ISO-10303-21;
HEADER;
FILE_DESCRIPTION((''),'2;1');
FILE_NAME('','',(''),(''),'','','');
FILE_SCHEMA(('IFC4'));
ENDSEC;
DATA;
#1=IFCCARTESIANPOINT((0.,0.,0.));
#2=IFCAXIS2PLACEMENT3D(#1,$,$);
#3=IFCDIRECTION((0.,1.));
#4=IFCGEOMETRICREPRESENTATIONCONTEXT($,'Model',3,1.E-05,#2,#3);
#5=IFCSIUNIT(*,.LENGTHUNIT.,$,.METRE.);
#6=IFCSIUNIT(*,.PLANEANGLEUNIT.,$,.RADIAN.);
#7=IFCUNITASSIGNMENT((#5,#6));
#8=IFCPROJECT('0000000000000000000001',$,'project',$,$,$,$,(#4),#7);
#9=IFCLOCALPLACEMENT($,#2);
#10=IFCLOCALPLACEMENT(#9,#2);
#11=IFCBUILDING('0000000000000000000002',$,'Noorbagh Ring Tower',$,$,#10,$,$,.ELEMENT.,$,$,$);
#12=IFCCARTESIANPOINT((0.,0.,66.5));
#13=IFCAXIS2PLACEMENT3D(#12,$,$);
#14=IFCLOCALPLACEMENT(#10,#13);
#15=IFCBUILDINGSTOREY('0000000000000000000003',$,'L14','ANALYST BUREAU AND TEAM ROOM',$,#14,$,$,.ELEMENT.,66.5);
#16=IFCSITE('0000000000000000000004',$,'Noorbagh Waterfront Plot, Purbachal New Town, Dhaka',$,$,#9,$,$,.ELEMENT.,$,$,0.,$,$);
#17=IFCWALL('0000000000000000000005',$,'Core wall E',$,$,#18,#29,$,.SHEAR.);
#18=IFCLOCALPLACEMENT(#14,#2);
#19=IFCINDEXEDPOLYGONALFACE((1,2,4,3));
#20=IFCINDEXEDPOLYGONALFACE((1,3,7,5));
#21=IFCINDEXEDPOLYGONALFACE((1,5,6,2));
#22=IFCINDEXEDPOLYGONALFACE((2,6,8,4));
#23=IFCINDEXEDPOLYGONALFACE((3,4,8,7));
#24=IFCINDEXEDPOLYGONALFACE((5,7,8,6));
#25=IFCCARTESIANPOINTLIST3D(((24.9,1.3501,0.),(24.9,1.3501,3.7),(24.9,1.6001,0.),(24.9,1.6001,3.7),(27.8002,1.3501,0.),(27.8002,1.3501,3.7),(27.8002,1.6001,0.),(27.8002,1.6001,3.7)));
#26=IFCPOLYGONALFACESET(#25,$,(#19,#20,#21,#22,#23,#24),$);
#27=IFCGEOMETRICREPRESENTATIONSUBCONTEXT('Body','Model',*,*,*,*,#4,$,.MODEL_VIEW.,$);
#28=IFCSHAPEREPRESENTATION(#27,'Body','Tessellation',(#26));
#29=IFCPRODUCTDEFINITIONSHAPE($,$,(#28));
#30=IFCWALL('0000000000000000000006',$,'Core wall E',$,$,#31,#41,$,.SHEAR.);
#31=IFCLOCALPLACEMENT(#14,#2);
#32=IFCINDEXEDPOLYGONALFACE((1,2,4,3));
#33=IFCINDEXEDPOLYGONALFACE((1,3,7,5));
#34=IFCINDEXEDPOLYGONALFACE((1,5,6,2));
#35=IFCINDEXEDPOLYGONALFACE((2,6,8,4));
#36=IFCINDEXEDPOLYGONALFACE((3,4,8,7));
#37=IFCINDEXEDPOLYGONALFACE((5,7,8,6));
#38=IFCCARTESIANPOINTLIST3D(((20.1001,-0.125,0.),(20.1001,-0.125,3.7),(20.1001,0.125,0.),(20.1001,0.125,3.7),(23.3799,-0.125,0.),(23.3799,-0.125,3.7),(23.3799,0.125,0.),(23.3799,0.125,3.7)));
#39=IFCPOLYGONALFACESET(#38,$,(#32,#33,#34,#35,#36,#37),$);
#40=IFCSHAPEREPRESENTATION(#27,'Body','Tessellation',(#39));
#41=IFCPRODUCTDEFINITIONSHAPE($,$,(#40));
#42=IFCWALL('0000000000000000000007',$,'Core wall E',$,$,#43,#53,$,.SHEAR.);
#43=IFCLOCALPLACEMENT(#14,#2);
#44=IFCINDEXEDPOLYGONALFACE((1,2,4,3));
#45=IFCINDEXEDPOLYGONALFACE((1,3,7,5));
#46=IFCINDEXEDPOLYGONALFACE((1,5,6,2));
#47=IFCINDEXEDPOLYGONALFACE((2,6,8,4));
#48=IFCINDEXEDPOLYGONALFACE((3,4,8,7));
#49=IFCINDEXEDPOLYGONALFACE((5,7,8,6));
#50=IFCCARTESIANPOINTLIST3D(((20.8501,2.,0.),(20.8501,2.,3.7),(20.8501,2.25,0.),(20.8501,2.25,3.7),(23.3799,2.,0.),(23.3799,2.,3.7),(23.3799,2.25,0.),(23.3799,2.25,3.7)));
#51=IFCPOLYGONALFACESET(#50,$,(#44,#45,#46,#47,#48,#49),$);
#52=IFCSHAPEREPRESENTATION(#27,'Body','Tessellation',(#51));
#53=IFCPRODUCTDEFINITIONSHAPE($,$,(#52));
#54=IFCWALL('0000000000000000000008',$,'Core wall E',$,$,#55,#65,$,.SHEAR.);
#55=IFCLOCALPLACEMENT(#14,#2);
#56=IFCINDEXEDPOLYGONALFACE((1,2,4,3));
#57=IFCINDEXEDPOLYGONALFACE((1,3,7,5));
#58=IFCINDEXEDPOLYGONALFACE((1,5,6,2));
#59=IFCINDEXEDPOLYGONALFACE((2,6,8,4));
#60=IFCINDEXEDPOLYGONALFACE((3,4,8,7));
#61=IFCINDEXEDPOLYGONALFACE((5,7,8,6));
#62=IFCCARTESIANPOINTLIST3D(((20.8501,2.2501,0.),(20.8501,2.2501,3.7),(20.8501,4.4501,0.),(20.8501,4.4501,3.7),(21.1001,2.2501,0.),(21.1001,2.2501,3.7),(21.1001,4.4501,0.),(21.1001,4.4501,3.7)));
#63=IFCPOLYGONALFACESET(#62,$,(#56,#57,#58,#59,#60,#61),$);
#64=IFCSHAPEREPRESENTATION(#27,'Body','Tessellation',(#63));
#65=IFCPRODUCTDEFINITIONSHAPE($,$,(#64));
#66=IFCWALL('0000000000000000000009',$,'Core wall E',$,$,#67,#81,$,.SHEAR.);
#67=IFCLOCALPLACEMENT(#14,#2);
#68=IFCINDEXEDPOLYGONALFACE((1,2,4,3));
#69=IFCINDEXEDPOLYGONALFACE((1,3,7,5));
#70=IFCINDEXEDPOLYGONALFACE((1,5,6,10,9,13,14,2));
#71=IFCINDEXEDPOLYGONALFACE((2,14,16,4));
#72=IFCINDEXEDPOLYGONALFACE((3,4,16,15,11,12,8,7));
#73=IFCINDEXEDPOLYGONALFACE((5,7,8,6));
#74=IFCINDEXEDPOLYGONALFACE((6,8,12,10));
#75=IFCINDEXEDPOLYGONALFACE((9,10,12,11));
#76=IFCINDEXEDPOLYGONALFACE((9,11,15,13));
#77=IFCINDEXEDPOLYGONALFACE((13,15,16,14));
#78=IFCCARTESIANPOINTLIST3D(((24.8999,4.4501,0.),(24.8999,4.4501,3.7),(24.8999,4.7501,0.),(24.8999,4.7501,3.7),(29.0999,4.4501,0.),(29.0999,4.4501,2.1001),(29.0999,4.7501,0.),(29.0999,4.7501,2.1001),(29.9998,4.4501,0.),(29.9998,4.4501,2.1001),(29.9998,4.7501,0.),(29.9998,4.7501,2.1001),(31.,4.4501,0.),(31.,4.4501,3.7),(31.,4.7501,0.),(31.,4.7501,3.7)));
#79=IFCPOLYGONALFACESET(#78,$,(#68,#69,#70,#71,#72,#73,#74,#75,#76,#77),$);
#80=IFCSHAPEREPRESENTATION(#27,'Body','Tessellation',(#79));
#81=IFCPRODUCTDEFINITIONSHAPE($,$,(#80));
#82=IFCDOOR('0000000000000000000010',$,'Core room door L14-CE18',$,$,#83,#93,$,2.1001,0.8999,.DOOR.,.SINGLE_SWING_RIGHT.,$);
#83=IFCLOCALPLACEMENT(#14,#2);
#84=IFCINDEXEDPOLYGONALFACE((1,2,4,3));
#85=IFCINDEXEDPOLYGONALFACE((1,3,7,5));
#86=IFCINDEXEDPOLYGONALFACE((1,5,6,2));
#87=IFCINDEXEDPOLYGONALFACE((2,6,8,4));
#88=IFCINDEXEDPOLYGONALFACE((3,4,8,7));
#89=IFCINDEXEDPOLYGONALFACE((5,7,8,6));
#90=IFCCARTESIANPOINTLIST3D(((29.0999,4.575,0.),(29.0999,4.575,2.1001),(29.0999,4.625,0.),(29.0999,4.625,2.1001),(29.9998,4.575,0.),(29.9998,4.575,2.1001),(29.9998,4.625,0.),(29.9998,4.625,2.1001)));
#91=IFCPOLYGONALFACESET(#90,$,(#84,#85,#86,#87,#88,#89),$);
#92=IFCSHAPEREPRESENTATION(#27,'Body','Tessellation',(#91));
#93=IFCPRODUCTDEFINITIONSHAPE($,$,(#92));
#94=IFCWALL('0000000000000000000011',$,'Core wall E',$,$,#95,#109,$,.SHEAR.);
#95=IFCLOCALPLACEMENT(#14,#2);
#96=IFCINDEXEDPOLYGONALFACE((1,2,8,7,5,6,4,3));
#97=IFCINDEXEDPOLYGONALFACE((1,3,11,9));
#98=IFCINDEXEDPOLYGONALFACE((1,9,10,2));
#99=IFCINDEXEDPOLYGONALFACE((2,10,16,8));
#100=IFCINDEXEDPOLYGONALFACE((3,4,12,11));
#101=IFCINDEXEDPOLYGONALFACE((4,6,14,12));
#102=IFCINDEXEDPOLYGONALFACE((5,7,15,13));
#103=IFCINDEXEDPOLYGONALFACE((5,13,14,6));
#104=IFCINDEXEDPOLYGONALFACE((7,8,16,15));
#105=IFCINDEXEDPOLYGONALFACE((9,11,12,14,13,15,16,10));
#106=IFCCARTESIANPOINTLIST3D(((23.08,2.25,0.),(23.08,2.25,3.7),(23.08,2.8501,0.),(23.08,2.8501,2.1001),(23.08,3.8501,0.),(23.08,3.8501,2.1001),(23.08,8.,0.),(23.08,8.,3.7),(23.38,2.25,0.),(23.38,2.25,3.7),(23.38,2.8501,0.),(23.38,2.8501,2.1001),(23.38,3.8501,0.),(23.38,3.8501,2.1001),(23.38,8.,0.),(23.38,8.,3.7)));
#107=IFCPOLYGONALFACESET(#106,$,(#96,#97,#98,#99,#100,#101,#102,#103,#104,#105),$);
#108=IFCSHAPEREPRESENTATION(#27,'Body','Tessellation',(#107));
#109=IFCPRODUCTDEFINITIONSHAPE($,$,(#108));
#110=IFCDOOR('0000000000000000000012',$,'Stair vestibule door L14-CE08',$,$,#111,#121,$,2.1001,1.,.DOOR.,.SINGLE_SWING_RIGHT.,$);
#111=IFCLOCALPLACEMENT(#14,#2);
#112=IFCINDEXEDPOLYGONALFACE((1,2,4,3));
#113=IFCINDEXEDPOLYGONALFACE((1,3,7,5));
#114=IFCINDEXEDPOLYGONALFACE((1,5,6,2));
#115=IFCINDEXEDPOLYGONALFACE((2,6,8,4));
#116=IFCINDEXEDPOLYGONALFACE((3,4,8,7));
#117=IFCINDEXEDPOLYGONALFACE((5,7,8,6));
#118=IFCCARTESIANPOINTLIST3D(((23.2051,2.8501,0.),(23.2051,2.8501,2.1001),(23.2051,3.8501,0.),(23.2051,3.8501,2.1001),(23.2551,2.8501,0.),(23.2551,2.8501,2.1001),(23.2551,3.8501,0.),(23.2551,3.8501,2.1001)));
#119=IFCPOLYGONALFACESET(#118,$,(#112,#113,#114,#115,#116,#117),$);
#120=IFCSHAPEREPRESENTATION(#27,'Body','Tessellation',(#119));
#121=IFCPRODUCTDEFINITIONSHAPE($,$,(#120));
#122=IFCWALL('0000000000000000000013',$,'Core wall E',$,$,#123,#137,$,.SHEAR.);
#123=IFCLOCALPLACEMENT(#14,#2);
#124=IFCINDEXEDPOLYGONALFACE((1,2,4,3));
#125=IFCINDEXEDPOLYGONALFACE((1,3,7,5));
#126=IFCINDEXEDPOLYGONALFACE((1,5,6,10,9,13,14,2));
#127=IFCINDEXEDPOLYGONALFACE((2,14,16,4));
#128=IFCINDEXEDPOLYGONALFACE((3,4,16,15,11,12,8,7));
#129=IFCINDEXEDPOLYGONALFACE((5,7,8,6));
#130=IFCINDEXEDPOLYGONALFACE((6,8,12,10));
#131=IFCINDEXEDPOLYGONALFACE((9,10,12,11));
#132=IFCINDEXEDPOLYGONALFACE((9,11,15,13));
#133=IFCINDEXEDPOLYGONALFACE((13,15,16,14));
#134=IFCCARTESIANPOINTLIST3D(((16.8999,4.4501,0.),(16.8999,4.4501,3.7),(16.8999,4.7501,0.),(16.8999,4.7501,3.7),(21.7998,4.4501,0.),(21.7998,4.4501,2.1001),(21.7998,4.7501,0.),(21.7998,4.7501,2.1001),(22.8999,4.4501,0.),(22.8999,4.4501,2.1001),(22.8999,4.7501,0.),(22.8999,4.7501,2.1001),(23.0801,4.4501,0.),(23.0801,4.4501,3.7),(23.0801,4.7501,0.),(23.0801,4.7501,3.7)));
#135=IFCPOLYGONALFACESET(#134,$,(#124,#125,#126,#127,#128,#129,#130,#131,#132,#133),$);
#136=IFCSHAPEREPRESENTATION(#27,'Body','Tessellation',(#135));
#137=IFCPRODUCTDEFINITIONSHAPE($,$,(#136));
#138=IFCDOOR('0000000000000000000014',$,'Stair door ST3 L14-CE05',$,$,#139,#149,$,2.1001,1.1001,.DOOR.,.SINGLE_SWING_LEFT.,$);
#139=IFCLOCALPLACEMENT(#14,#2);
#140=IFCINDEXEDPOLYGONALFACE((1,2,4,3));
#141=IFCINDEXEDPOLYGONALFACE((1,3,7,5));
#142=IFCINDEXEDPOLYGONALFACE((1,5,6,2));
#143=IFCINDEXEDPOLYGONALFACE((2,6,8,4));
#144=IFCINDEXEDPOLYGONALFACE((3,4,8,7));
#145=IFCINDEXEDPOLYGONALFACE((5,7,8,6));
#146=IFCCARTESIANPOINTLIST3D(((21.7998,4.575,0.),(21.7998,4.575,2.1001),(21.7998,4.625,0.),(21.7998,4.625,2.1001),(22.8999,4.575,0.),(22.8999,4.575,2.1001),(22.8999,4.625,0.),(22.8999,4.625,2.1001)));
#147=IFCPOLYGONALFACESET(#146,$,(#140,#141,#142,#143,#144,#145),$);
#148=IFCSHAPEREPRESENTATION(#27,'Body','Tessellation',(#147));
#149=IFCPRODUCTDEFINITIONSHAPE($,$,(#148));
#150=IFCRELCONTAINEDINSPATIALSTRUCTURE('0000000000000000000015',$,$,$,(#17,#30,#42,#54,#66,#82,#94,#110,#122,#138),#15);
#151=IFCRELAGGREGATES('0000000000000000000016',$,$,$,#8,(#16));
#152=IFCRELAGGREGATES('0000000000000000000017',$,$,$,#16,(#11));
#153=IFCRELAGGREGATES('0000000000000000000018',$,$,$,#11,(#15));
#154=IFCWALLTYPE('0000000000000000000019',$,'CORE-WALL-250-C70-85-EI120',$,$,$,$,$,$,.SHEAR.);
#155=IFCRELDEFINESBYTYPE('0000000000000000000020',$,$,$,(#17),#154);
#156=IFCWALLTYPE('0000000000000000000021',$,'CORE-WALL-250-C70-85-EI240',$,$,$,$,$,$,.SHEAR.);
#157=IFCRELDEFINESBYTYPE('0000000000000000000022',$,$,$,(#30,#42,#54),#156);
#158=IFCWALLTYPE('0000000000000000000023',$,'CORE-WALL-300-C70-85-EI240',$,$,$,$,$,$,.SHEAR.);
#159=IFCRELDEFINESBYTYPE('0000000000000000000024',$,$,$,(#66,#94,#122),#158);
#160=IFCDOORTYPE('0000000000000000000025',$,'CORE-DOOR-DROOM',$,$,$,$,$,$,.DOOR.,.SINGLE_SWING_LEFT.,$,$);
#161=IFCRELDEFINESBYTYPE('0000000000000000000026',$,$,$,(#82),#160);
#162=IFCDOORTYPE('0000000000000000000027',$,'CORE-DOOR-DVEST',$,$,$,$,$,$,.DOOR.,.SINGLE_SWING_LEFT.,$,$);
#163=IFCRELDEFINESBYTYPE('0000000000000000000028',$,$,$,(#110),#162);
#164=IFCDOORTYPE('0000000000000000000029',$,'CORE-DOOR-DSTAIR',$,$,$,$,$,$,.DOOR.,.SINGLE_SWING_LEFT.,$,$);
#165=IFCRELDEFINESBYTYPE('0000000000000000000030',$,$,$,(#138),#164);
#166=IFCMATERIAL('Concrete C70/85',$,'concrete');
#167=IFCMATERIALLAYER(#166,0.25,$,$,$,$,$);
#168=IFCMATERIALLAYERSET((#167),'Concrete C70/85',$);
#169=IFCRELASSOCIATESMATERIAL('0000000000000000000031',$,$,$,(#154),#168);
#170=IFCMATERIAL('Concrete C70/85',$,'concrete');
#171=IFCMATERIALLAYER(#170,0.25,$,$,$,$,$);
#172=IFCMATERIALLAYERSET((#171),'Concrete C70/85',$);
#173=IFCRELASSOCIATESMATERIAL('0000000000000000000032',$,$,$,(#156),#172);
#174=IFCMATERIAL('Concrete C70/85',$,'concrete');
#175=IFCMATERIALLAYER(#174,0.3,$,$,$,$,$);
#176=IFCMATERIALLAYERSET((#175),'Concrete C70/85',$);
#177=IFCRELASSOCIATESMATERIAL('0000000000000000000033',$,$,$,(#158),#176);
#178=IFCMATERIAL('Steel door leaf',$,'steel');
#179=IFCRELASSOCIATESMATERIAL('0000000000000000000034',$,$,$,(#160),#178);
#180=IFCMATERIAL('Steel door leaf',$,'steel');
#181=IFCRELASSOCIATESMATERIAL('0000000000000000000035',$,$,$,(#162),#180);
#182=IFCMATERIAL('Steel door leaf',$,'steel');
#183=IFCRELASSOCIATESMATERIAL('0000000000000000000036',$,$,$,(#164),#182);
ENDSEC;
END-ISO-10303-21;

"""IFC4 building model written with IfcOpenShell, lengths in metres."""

from ifc_helpers import new_model, si_unit, direction, frame, frame_2d, origin, place, context, subcontext, project, spatial, rectangle, extrude, material, layer, layer_set, type_object, element, fill, save


model = new_model("IFC4")

# Units and contexts
model_context = context("Model", 3, precision=1e-05, world=origin(), true_north=direction((0.0, 1.0)))
body_context = subcontext(model_context, "Body", "Model", "MODEL_VIEW")
ifc_project = project(units=[si_unit("LENGTHUNIT", "METRE"), si_unit("PLANEANGLEUNIT", "RADIAN")], contexts=[model_context])

# Site, building, storey
site_placement = place(None, origin())
site = spatial("IfcSite", under=ifc_project, at=site_placement, Name="Noorbagh Waterfront Plot, Purbachal New Town, Dhaka", CompositionType="ELEMENT", RefElevation=0.0)
building_placement = place(site_placement, origin())
building = spatial("IfcBuilding", under=site, at=building_placement, Name="Noorbagh Ring Tower", CompositionType="ELEMENT")
storey_placement = place(building_placement, frame((0.0, 0.0, 66.5)))
storey = spatial("IfcBuildingStorey", under=building, at=storey_placement, Name="L14", Description="ANALYST BUREAU AND TEAM ROOM", CompositionType="ELEMENT", Elevation=66.5)

# Walls
ifc_material_1 = material(Name="Concrete C70/85", Category="concrete")
ifc_layer_1 = layer(ifc_material_1, 0.25)
ifc_layer_set_1 = layer_set([ifc_layer_1], Name="Concrete C70/85")
wall_type_1 = type_object("IfcWallType", Name="CORE-WALL-250-C70-85-EI120", PredefinedType="SHEAR", material=ifc_layer_set_1)
wall_1_placement = place(storey_placement, frame((24.8999, 1.4751, 0.0), z_axis=(0.0, 0.0, 1.0), x_axis=(1.0, 0.0, 0.0)))
element("IfcWall", 1, at=wall_1_placement, inside=storey, type_object=wall_type_1, Name="Core wall E", PredefinedType="SHEAR", context=body_context, shape_type="SweptSolid", body=[
    extrude(rectangle(XDim=2.9001, YDim=0.25, at=frame_2d((1.4502, 0.0))), origin(), (0.0, 0.0, 1.0), 3.7),
])
ifc_material_2 = material(Name="Concrete C70/85", Category="concrete")
ifc_layer_2 = layer(ifc_material_2, 0.25)
ifc_layer_set_2 = layer_set([ifc_layer_2], Name="Concrete C70/85")
wall_type_2 = type_object("IfcWallType", Name="CORE-WALL-250-C70-85-EI240", PredefinedType="SHEAR", material=ifc_layer_set_2)
wall_2_placement = place(storey_placement, frame((20.1001, 0.0, 0.0), z_axis=(0.0, 0.0, 1.0), x_axis=(1.0, 0.0, 0.0)))
element("IfcWall", 2, at=wall_2_placement, inside=storey, type_object=wall_type_2, Name="Core wall E", PredefinedType="SHEAR", context=body_context, shape_type="SweptSolid", body=[
    extrude(rectangle(XDim=3.2798, YDim=0.25, at=frame_2d((1.6399, 0.0))), origin(), (0.0, 0.0, 1.0), 3.7),
])
wall_3_placement = place(storey_placement, frame((20.8501, 2.125, 0.0), z_axis=(0.0, 0.0, 1.0), x_axis=(1.0, 0.0, 0.0)))
element("IfcWall", 3, at=wall_3_placement, inside=storey, type_object=wall_type_2, Name="Core wall E", PredefinedType="SHEAR", context=body_context, shape_type="SweptSolid", body=[
    extrude(rectangle(XDim=2.5298, YDim=0.25, at=frame_2d((1.2649, 0.0))), origin(), (0.0, 0.0, 1.0), 3.7),
])
wall_4_placement = place(storey_placement, frame((20.9751, 2.25, 0.0), z_axis=(0.0, 0.0, 1.0), x_axis=(0.0, 1.0, 0.0)))
element("IfcWall", 4, at=wall_4_placement, inside=storey, type_object=wall_type_2, Name="Core wall E", PredefinedType="SHEAR", context=body_context, shape_type="SweptSolid", body=[
    extrude(rectangle(XDim=2.2, YDim=0.25, at=frame_2d((1.1001, 0.0))), origin(), (0.0, 0.0, 1.0), 3.7),
])

# Walls, openings, doors
ifc_material_3 = material(Name="Concrete C70/85", Category="concrete")
ifc_layer_3 = layer(ifc_material_3, 0.3)
ifc_layer_set_3 = layer_set([ifc_layer_3], Name="Concrete C70/85")
wall_type_3 = type_object("IfcWallType", Name="CORE-WALL-300-C70-85-EI240", PredefinedType="SHEAR", material=ifc_layer_set_3)
wall_5_placement = place(storey_placement, frame((24.8999, 4.6001, 0.0), z_axis=(0.0, 0.0, 1.0), x_axis=(1.0, 0.0, 0.0)))
wall_5 = element("IfcWall", 5, at=wall_5_placement, inside=storey, type_object=wall_type_3, Name="Core wall E", PredefinedType="SHEAR", context=body_context, shape_type="SweptSolid", body=[
    extrude(rectangle(XDim=6.1001, YDim=0.3, at=frame_2d((3.05, 0.0))), origin(), (0.0, 0.0, 1.0), 3.7),
])
opening_1_placement = place(wall_5_placement, frame((4.2, 0.0, 0.0)))
opening_1 = element("IfcOpeningElement", 6, at=opening_1_placement, cuts=wall_5, PredefinedType="OPENING", context=body_context, shape_type="SweptSolid", body=[
    extrude(rectangle(XDim=0.8999, YDim=2.1001, at=frame_2d((0.45, 1.05))), frame((0.0, 0.1602, 0.0), z_axis=(0.0, -1.0, 0.0), x_axis=(1.0, 0.0, 0.0)), (0.0, 0.0, 1.0), 0.3201),
])
ifc_material_4 = material(Name="Steel door leaf", Category="steel")
door_type_1 = type_object("IfcDoorType", Name="CORE-DOOR-DROOM", OperationType="SINGLE_SWING_LEFT", PredefinedType="DOOR", material=ifc_material_4)
door_1_placement = place(opening_1_placement, origin())
door_1 = element("IfcDoor", 7, at=door_1_placement, inside=storey, type_object=door_type_1, Name="Core room door L14-CE18", OperationType="SINGLE_SWING_RIGHT", OverallHeight=2.1001, OverallWidth=0.8999, PredefinedType="DOOR", context=body_context, shape_type="SweptSolid", body=[
    extrude(rectangle(XDim=0.8999, YDim=2.1001, at=frame_2d((0.45, 1.05))), frame((0.0, 0.0249, 0.0), z_axis=(0.0, -1.0, 0.0), x_axis=(1.0, 0.0, 0.0)), (0.0, 0.0, 1.0), 0.05),
])
fill(opening_1, door_1)
wall_6_placement = place(storey_placement, frame((23.23, 2.25, 0.0), z_axis=(0.0, 0.0, 1.0), x_axis=(0.0, 1.0, 0.0)))
wall_6 = element("IfcWall", 8, at=wall_6_placement, inside=storey, type_object=wall_type_3, Name="Core wall E", PredefinedType="SHEAR", context=body_context, shape_type="SweptSolid", body=[
    extrude(rectangle(XDim=5.75, YDim=0.3, at=frame_2d((2.875, 0.0))), origin(), (0.0, 0.0, 1.0), 3.7),
])
opening_2_placement = place(wall_6_placement, frame((0.6001, 0.0, 0.0)))
opening_2 = element("IfcOpeningElement", 9, at=opening_2_placement, cuts=wall_6, PredefinedType="OPENING", context=body_context, shape_type="SweptSolid", body=[
    extrude(rectangle(XDim=1.0, YDim=2.1001, at=frame_2d((0.5, 1.05))), frame((0.0, 0.1602, 0.0), z_axis=(0.0, -1.0, 0.0), x_axis=(1.0, 0.0, 0.0)), (0.0, 0.0, 1.0), 0.3201),
])
ifc_material_5 = material(Name="Steel door leaf", Category="steel")
door_type_2 = type_object("IfcDoorType", Name="CORE-DOOR-DVEST", OperationType="SINGLE_SWING_LEFT", PredefinedType="DOOR", material=ifc_material_5)
door_2_placement = place(opening_2_placement, origin())
door_2 = element("IfcDoor", 10, at=door_2_placement, inside=storey, type_object=door_type_2, Name="Stair vestibule door L14-CE08", OperationType="SINGLE_SWING_RIGHT", OverallHeight=2.1001, OverallWidth=1.0, PredefinedType="DOOR", context=body_context, shape_type="SweptSolid", body=[
    extrude(rectangle(XDim=1.0, YDim=2.1001, at=frame_2d((0.5, 1.05))), frame((0.0, 0.0249, 0.0), z_axis=(0.0, -1.0, 0.0), x_axis=(1.0, 0.0, 0.0)), (0.0, 0.0, 1.0), 0.05),
])
fill(opening_2, door_2)
wall_7_placement = place(storey_placement, frame((16.8999, 4.6001, 0.0), z_axis=(0.0, 0.0, 1.0), x_axis=(1.0, 0.0, 0.0)))
wall_7 = element("IfcWall", 11, at=wall_7_placement, inside=storey, type_object=wall_type_3, Name="Core wall E", PredefinedType="SHEAR", context=body_context, shape_type="SweptSolid", body=[
    extrude(rectangle(XDim=6.1802, YDim=0.3, at=frame_2d((3.0901, 0.0))), origin(), (0.0, 0.0, 1.0), 3.7),
])
opening_3_placement = place(wall_7_placement, frame((4.8999, 0.0, 0.0)))
opening_3 = element("IfcOpeningElement", 12, at=opening_3_placement, cuts=wall_7, PredefinedType="OPENING", context=body_context, shape_type="SweptSolid", body=[
    extrude(rectangle(XDim=1.1001, YDim=2.1001, at=frame_2d((0.55, 1.05))), frame((0.0, 0.1602, 0.0), z_axis=(0.0, -1.0, 0.0), x_axis=(1.0, 0.0, 0.0)), (0.0, 0.0, 1.0), 0.3201),
])
ifc_material_6 = material(Name="Steel door leaf", Category="steel")
door_type_3 = type_object("IfcDoorType", Name="CORE-DOOR-DSTAIR", OperationType="SINGLE_SWING_LEFT", PredefinedType="DOOR", material=ifc_material_6)
door_3_placement = place(opening_3_placement, origin())
door_3 = element("IfcDoor", 13, at=door_3_placement, inside=storey, type_object=door_type_3, Name="Stair door ST3 L14-CE05", OperationType="SINGLE_SWING_LEFT", OverallHeight=2.1001, OverallWidth=1.1001, PredefinedType="DOOR", context=body_context, shape_type="SweptSolid", body=[
    extrude(rectangle(XDim=1.1001, YDim=2.1001, at=frame_2d((0.55, 1.05))), frame((0.0, 0.0249, 0.0), z_axis=(0.0, -1.0, 0.0), x_axis=(1.0, 0.0, 0.0)), (0.0, 0.0, 1.0), 0.05),
])
fill(opening_3, door_3)

save(model, "model.ifc")
